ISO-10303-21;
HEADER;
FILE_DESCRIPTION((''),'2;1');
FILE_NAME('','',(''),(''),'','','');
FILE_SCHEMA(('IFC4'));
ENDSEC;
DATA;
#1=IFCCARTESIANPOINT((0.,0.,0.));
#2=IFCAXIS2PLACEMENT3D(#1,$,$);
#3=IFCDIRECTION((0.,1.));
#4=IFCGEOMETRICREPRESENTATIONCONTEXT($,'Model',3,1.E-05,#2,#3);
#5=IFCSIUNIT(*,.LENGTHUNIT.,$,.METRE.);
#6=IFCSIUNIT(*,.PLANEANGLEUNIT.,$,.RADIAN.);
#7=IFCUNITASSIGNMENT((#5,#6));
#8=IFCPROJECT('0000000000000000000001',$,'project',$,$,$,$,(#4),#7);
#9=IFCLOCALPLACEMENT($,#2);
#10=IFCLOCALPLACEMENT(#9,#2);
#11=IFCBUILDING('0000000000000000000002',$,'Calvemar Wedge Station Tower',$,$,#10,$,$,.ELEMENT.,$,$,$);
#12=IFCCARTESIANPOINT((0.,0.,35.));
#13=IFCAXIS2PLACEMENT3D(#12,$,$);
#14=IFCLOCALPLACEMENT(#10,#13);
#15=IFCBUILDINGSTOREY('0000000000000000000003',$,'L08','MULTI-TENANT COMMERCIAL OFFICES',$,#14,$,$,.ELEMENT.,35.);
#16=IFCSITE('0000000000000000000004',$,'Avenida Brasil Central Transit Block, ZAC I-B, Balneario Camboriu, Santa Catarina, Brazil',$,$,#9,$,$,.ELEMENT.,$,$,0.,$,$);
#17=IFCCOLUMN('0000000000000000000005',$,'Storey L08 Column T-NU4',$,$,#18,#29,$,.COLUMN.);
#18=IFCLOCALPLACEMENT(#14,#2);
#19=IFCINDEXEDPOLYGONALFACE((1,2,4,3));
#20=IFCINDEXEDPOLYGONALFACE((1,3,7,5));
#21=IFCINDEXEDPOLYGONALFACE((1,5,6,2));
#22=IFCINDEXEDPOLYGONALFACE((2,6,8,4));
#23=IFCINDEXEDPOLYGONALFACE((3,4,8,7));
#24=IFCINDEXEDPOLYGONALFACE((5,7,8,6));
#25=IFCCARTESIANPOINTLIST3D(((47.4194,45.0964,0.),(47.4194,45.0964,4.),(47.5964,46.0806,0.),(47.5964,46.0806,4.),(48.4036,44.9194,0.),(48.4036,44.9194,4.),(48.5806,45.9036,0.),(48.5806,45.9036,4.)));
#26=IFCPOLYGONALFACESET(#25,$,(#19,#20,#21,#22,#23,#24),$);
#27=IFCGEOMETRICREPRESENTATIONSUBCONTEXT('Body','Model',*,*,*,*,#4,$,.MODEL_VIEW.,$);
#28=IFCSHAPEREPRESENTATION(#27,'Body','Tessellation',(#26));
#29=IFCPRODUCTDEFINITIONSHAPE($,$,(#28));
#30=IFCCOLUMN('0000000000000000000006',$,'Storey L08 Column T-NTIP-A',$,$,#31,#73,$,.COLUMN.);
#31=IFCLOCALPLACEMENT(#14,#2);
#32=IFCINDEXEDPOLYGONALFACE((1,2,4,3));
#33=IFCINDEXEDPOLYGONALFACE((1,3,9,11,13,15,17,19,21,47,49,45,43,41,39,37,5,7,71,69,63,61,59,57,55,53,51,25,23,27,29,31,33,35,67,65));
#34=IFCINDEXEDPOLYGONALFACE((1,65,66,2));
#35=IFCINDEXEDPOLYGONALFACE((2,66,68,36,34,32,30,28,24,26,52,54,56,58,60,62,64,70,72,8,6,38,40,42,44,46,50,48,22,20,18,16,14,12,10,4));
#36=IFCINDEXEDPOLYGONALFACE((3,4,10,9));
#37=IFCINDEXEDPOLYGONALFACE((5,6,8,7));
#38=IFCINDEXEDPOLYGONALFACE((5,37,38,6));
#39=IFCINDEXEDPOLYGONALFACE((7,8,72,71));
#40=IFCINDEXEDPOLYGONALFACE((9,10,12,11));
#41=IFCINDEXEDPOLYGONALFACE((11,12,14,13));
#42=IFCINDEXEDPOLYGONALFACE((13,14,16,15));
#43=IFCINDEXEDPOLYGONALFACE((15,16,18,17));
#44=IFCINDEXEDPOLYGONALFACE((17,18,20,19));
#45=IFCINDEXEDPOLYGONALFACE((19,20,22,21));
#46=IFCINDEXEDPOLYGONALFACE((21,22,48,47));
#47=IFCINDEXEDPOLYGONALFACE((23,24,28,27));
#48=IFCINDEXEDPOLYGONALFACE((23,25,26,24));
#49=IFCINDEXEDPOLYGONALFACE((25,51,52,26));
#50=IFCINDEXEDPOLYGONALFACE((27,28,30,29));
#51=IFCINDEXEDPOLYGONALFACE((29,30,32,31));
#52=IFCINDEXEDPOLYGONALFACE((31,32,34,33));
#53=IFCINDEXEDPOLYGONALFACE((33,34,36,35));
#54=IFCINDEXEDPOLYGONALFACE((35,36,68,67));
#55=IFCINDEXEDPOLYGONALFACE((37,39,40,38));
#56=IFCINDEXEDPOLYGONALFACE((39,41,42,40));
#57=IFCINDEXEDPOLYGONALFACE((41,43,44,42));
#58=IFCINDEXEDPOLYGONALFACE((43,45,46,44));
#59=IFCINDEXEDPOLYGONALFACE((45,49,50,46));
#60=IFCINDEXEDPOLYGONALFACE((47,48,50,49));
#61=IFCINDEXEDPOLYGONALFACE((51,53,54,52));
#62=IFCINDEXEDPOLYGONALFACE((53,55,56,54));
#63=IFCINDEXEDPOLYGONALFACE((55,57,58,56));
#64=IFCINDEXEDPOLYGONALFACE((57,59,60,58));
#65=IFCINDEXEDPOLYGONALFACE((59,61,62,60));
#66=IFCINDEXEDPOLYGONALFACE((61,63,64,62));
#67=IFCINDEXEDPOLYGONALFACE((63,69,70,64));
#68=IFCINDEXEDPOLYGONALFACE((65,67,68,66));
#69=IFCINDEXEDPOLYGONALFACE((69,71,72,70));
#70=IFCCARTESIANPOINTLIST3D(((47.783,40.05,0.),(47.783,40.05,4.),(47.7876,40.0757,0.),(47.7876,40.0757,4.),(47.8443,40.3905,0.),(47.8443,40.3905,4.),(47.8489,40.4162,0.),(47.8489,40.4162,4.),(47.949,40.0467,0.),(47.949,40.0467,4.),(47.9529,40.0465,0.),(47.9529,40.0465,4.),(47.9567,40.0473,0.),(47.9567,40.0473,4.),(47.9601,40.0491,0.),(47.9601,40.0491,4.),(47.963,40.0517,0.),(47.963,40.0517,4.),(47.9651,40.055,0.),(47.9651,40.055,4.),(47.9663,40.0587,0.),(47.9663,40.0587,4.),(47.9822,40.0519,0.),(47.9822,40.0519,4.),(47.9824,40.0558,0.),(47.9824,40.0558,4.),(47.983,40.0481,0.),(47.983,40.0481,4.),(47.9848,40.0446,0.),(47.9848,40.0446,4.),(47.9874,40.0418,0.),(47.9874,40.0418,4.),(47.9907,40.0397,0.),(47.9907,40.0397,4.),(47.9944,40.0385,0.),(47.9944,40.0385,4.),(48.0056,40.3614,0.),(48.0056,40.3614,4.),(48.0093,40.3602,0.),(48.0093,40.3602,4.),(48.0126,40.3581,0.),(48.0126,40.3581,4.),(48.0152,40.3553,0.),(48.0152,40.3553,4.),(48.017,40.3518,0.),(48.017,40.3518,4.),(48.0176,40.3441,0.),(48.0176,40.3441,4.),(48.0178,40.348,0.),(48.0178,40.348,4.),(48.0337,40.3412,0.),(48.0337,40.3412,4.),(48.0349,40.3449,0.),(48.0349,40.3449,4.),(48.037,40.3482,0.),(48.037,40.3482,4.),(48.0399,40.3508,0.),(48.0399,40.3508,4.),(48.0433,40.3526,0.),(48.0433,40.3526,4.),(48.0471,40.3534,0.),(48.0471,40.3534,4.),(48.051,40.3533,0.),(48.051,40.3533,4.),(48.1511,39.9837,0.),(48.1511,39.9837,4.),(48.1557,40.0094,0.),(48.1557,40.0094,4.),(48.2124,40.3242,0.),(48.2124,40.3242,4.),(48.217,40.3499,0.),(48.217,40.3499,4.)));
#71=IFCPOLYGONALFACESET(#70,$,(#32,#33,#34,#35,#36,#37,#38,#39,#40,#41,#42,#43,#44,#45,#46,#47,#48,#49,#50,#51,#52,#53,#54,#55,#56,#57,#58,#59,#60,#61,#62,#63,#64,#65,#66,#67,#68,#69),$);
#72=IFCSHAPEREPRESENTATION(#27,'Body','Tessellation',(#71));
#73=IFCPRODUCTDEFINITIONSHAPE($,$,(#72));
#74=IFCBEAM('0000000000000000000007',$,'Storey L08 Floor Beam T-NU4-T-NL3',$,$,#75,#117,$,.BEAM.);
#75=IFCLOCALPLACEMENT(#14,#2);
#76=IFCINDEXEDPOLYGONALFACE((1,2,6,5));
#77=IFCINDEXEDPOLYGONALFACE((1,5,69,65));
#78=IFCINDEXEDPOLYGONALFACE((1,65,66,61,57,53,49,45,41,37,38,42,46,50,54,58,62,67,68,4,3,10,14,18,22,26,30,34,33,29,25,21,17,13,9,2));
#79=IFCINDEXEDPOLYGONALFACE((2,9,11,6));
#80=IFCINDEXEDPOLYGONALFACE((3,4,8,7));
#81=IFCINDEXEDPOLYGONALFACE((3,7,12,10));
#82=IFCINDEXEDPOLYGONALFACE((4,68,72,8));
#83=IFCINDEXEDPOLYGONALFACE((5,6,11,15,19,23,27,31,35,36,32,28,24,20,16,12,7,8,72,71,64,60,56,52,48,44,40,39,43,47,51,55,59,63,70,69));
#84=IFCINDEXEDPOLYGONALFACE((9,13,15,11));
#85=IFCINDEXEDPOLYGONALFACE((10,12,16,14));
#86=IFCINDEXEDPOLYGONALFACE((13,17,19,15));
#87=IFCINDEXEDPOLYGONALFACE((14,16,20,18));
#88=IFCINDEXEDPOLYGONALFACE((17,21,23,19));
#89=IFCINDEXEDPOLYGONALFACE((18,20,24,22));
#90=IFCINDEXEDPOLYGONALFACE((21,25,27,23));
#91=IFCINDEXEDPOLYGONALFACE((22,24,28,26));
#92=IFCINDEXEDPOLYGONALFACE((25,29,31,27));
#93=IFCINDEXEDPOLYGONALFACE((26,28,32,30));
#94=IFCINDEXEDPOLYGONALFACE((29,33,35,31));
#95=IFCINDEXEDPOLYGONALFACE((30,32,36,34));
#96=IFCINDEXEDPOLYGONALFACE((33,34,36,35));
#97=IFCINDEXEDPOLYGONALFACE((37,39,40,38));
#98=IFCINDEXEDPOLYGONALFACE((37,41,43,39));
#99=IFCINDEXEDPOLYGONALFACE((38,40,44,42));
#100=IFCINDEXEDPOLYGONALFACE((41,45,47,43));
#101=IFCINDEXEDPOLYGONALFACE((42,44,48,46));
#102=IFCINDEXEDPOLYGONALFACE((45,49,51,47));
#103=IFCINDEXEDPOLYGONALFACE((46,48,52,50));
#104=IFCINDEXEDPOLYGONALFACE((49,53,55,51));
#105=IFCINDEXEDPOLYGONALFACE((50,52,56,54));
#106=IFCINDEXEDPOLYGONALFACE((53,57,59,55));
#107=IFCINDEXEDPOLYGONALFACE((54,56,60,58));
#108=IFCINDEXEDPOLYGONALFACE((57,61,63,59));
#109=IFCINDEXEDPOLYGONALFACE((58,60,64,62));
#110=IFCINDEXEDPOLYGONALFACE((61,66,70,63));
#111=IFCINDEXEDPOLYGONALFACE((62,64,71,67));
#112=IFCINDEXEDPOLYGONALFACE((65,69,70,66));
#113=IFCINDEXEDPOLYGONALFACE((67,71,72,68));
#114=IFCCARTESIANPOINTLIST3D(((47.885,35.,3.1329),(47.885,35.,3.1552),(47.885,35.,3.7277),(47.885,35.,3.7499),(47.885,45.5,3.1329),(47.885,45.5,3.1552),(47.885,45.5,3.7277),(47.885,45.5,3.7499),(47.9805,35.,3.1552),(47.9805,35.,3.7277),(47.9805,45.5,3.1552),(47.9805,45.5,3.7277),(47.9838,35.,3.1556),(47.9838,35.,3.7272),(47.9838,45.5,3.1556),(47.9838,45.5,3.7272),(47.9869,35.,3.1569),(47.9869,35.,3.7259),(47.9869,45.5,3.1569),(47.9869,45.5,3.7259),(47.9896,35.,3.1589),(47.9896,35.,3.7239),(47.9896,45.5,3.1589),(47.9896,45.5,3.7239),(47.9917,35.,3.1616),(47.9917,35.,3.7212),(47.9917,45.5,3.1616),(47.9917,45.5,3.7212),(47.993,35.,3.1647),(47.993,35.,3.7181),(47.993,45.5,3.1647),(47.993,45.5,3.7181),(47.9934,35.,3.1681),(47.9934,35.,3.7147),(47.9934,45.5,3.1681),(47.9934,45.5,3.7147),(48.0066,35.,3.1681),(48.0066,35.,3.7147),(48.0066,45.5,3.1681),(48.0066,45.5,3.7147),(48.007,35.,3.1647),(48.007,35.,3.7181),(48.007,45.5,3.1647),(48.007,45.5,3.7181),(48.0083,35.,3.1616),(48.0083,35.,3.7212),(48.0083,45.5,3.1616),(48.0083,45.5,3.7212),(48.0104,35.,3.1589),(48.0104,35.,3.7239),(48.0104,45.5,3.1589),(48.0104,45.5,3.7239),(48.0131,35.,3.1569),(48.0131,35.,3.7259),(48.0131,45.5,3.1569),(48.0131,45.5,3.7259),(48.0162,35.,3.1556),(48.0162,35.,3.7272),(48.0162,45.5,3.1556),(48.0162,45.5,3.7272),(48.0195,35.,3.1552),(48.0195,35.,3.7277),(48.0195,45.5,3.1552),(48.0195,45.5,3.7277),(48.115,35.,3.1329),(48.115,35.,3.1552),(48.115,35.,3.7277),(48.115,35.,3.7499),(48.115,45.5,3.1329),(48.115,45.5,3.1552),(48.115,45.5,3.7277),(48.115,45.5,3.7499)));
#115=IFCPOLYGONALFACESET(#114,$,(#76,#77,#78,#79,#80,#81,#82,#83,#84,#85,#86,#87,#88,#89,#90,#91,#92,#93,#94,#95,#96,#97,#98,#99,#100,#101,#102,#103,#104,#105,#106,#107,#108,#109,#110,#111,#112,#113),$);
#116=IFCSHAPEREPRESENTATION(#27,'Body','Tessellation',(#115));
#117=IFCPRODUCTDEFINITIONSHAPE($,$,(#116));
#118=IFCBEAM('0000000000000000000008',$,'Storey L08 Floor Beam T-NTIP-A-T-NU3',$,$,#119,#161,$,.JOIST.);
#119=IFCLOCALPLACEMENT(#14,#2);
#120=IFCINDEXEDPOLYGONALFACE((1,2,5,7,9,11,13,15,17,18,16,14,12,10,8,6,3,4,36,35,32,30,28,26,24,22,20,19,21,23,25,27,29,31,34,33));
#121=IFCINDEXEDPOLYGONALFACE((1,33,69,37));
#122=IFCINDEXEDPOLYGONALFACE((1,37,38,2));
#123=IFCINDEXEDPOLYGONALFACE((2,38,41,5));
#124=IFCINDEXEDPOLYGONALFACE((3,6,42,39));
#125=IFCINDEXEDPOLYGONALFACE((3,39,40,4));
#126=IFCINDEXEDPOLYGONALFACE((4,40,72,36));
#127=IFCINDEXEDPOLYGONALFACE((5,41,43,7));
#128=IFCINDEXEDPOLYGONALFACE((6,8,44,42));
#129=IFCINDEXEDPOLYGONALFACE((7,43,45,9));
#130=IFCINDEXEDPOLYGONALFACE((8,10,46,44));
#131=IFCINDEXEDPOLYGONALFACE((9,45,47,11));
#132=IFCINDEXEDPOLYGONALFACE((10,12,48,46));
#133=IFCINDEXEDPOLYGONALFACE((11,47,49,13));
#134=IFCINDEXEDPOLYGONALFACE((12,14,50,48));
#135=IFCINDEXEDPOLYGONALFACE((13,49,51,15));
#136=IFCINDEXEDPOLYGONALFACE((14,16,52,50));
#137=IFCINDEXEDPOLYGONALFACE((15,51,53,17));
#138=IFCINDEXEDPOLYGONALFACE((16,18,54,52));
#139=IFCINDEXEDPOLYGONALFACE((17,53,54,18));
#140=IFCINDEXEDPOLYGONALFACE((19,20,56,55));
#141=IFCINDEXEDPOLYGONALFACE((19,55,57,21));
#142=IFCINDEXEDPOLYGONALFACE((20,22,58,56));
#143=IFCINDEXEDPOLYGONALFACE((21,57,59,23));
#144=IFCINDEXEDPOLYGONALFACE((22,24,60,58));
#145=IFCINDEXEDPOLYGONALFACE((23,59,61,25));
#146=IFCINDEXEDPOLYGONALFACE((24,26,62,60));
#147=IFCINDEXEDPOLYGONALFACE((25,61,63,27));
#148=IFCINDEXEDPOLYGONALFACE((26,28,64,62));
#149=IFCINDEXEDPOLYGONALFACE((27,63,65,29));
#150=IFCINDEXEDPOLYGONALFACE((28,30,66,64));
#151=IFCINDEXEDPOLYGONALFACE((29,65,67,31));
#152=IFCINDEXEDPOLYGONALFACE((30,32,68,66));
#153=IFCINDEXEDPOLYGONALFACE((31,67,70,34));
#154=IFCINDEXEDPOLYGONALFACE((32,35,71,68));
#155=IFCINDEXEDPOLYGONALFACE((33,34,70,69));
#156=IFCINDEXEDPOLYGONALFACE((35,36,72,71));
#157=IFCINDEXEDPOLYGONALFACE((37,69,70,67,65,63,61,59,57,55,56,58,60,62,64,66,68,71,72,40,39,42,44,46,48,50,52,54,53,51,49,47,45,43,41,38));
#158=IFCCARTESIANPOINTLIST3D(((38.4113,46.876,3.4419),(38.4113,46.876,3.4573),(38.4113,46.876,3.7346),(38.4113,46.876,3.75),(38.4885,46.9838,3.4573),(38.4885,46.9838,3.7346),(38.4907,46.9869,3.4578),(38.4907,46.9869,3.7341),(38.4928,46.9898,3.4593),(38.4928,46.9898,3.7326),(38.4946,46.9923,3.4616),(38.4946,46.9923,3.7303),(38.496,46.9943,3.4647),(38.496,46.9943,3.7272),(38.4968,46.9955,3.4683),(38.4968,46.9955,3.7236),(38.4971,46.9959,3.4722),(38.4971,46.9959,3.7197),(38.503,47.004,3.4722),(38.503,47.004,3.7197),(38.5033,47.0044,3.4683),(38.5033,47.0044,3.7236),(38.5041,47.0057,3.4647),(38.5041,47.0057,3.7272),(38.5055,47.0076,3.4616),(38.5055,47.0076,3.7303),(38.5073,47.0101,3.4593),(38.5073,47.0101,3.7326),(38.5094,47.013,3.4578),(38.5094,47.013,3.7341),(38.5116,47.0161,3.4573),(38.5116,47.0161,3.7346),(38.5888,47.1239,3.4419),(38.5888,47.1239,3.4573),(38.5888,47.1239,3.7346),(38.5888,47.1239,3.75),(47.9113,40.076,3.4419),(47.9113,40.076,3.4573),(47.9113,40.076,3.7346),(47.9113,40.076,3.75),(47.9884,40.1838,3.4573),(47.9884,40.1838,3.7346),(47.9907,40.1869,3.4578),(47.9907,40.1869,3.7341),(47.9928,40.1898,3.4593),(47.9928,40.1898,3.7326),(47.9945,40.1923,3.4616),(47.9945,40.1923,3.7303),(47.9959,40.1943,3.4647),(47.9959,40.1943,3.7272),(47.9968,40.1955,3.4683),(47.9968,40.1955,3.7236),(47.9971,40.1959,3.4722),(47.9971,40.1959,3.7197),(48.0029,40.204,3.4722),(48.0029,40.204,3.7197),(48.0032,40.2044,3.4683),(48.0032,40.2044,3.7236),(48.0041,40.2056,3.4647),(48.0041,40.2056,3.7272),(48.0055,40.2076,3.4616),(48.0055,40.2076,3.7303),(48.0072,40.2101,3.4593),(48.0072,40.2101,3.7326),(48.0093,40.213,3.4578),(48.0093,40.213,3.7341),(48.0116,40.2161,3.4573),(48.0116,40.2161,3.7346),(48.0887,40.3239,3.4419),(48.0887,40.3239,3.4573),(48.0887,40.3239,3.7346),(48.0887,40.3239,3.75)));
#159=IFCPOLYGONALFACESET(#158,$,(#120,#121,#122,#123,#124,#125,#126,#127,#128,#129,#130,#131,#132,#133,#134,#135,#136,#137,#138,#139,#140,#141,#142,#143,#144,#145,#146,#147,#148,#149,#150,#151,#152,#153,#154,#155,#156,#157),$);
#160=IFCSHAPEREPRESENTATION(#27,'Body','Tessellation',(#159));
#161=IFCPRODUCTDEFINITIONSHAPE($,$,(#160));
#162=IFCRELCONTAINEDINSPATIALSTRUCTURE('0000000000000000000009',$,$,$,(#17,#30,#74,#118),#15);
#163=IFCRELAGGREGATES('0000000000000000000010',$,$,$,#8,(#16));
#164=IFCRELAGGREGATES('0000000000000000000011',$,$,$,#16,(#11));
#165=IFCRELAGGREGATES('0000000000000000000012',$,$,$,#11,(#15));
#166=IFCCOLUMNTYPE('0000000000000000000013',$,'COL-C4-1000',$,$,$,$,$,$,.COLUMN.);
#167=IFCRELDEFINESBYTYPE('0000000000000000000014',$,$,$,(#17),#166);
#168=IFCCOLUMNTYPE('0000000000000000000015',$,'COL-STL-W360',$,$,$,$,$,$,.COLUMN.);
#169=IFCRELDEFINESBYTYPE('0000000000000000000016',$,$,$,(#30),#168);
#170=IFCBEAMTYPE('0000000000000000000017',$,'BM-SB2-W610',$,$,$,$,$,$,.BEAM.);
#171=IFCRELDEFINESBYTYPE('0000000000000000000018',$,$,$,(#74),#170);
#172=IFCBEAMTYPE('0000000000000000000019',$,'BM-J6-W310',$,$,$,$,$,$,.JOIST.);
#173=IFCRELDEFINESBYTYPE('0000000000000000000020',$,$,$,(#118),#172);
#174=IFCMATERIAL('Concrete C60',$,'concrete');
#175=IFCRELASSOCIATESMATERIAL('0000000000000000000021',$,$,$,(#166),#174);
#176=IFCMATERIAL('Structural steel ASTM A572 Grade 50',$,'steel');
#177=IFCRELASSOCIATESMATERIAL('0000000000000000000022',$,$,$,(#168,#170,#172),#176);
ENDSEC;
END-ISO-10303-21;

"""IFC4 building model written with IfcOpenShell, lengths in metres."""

from ifc_helpers import new_model, si_unit, direction, frame, origin, origin_2d, place, context, subcontext, project, spatial, rectangle, i_section, extrude, source, transform, mapped, material, material_profile, profile_set, type_object, element, save


model = new_model("IFC4")

# Units and contexts
model_context = context("Model", 3, precision=1e-05, world=origin(), true_north=direction((0.0, 1.0)))
body_context = subcontext(model_context, "Body", "Model", "MODEL_VIEW")
ifc_project = project(units=[si_unit("LENGTHUNIT", "METRE"), si_unit("PLANEANGLEUNIT", "RADIAN")], contexts=[model_context])

# Site, building, storey
site_placement = place(None, origin())
site = spatial("IfcSite", under=ifc_project, at=site_placement, Name="Avenida Brasil Central Transit Block, ZAC I-B, Balneario Camboriu, Santa Catarina, Brazil", CompositionType="ELEMENT", RefElevation=0.0)
building_placement = place(site_placement, origin())
building = spatial("IfcBuilding", under=site, at=building_placement, Name="Calvemar Wedge Station Tower", CompositionType="ELEMENT")
storey_placement = place(building_placement, frame((0.0, 0.0, 35.0)))
storey = spatial("IfcBuildingStorey", under=building, at=storey_placement, Name="L08", Description="MULTI-TENANT COMMERCIAL OFFICES", CompositionType="ELEMENT", Elevation=35.0)

# Columns
ifc_material_1 = material(Name="Concrete C60", Category="concrete")
ifc_material_profile_1 = material_profile(ifc_material_1, rectangle(XDim=1.0, YDim=1.0, at=origin_2d()), Name="RC1000x1000")
ifc_profile_set_1 = profile_set([ifc_material_profile_1], Name="Concrete C60")
column_type_1 = type_object("IfcColumnType", Name="COL-C4-1000", PredefinedType="COLUMN", material=ifc_profile_set_1)
shared_shape_1 = source(origin(), body_context, "Body", "SweptSolid", [
    extrude(rectangle(XDim=1.0, YDim=1.0, at=origin_2d()), origin(), (0.0, 0.0, 1.0), 4.0),
])
column_1_placement = place(storey_placement, frame((48.0, 45.5, 0.0), z_axis=(0.0, 0.0, 1.0), x_axis=(0.984196, -0.177085, 0.0)))
element("IfcColumn", 1, at=column_1_placement, inside=storey, type_object=column_type_1, Name="Storey L08 Column T-NU4", PredefinedType="COLUMN", context=body_context, shape_type="MappedRepresentation", body=[
    mapped(shared_shape_1, transform((0.0, 0.0, 0.0), scale=1.0)),
])
ifc_material_2 = material(Name="Structural steel ASTM A572 Grade 50", Category="steel")
ifc_material_profile_2 = material_profile(ifc_material_2, i_section(OverallWidth=0.374, OverallDepth=0.3721, WebThickness=0.0164, FlangeThickness=0.0261, FilletRadius=0.0149, at=origin_2d()), Name="W360x196")
ifc_profile_set_2 = profile_set([ifc_material_profile_2], Name="Structural steel ASTM A572 Grade 50")
column_type_2 = type_object("IfcColumnType", Name="COL-STL-W360", PredefinedType="COLUMN", material=ifc_profile_set_2)
shared_shape_2 = source(origin(), body_context, "Body", "SweptSolid", [
    extrude(i_section(OverallWidth=0.374, OverallDepth=0.3721, WebThickness=0.0164, FlangeThickness=0.0261, FilletRadius=0.0149, at=origin_2d()), origin(), (0.0, 0.0, 1.0), 4.0),
])
column_2_placement = place(storey_placement, frame((48.0, 40.2, 0.0), z_axis=(0.0, 0.0, 1.0), x_axis=(0.984196, -0.177085, 0.0)))
element("IfcColumn", 2, at=column_2_placement, inside=storey, type_object=column_type_2, Name="Storey L08 Column T-NTIP-A", PredefinedType="COLUMN", context=body_context, shape_type="MappedRepresentation", body=[
    mapped(shared_shape_2, transform((0.0, 0.0, 0.0), scale=1.0)),
])

# Beams
ifc_material_profile_3 = material_profile(ifc_material_2, i_section(OverallWidth=0.23, OverallDepth=0.6169, WebThickness=0.0132, FlangeThickness=0.0222, FilletRadius=0.0129, at=origin_2d()), Name="W610x140")
ifc_profile_set_3 = profile_set([ifc_material_profile_3], Name="Structural steel ASTM A572 Grade 50")
beam_type_1 = type_object("IfcBeamType", Name="BM-SB2-W610", PredefinedType="BEAM", material=ifc_profile_set_3)
shared_shape_3 = source(origin(), body_context, "Body", "SweptSolid", [
    extrude(i_section(OverallWidth=0.23, OverallDepth=0.6169, WebThickness=0.0132, FlangeThickness=0.0222, FilletRadius=0.0129, at=origin_2d()), origin(), (0.0, 0.0, 1.0), 10.5),
])
beam_1_placement = place(storey_placement, frame((48.0, 45.5, 3.4414), z_axis=(0.0, -1.0, 0.0), x_axis=(1.0, 0.0, 0.0)))
element("IfcBeam", 3, at=beam_1_placement, inside=storey, type_object=beam_type_1, Name="Storey L08 Floor Beam T-NU4-T-NL3", PredefinedType="BEAM", context=body_context, shape_type="MappedRepresentation", body=[
    mapped(shared_shape_3, transform((0.0, 0.0, 0.0), scale=1.0)),
])
ifc_material_profile_4 = material_profile(ifc_material_2, i_section(OverallWidth=0.3049, OverallDepth=0.3081, WebThickness=0.01, FlangeThickness=0.0154, FilletRadius=0.0149, at=origin_2d()), Name="W310x97")
ifc_profile_set_4 = profile_set([ifc_material_profile_4], Name="Structural steel ASTM A572 Grade 50")
beam_type_2 = type_object("IfcBeamType", Name="BM-J6-W310", PredefinedType="JOIST", material=ifc_profile_set_4)
shared_shape_4 = source(origin(), body_context, "Body", "SweptSolid", [
    extrude(i_section(OverallWidth=0.3049, OverallDepth=0.3081, WebThickness=0.01, FlangeThickness=0.0154, FilletRadius=0.0149, at=origin_2d()), origin(), (0.0, 0.0, 1.0), 11.6829),
])
beam_2_placement = place(storey_placement, frame((48.0, 40.2, 3.5959), z_axis=(-0.813153, 0.58205, 0.0), x_axis=(-0.58205, -0.813153, 0.0)))
element("IfcBeam", 4, at=beam_2_placement, inside=storey, type_object=beam_type_2, Name="Storey L08 Floor Beam T-NTIP-A-T-NU3", PredefinedType="JOIST", context=body_context, shape_type="MappedRepresentation", body=[
    mapped(shared_shape_4, transform((0.0, 0.0, 0.0), scale=1.0)),
])

save(model, "model.ifc")
